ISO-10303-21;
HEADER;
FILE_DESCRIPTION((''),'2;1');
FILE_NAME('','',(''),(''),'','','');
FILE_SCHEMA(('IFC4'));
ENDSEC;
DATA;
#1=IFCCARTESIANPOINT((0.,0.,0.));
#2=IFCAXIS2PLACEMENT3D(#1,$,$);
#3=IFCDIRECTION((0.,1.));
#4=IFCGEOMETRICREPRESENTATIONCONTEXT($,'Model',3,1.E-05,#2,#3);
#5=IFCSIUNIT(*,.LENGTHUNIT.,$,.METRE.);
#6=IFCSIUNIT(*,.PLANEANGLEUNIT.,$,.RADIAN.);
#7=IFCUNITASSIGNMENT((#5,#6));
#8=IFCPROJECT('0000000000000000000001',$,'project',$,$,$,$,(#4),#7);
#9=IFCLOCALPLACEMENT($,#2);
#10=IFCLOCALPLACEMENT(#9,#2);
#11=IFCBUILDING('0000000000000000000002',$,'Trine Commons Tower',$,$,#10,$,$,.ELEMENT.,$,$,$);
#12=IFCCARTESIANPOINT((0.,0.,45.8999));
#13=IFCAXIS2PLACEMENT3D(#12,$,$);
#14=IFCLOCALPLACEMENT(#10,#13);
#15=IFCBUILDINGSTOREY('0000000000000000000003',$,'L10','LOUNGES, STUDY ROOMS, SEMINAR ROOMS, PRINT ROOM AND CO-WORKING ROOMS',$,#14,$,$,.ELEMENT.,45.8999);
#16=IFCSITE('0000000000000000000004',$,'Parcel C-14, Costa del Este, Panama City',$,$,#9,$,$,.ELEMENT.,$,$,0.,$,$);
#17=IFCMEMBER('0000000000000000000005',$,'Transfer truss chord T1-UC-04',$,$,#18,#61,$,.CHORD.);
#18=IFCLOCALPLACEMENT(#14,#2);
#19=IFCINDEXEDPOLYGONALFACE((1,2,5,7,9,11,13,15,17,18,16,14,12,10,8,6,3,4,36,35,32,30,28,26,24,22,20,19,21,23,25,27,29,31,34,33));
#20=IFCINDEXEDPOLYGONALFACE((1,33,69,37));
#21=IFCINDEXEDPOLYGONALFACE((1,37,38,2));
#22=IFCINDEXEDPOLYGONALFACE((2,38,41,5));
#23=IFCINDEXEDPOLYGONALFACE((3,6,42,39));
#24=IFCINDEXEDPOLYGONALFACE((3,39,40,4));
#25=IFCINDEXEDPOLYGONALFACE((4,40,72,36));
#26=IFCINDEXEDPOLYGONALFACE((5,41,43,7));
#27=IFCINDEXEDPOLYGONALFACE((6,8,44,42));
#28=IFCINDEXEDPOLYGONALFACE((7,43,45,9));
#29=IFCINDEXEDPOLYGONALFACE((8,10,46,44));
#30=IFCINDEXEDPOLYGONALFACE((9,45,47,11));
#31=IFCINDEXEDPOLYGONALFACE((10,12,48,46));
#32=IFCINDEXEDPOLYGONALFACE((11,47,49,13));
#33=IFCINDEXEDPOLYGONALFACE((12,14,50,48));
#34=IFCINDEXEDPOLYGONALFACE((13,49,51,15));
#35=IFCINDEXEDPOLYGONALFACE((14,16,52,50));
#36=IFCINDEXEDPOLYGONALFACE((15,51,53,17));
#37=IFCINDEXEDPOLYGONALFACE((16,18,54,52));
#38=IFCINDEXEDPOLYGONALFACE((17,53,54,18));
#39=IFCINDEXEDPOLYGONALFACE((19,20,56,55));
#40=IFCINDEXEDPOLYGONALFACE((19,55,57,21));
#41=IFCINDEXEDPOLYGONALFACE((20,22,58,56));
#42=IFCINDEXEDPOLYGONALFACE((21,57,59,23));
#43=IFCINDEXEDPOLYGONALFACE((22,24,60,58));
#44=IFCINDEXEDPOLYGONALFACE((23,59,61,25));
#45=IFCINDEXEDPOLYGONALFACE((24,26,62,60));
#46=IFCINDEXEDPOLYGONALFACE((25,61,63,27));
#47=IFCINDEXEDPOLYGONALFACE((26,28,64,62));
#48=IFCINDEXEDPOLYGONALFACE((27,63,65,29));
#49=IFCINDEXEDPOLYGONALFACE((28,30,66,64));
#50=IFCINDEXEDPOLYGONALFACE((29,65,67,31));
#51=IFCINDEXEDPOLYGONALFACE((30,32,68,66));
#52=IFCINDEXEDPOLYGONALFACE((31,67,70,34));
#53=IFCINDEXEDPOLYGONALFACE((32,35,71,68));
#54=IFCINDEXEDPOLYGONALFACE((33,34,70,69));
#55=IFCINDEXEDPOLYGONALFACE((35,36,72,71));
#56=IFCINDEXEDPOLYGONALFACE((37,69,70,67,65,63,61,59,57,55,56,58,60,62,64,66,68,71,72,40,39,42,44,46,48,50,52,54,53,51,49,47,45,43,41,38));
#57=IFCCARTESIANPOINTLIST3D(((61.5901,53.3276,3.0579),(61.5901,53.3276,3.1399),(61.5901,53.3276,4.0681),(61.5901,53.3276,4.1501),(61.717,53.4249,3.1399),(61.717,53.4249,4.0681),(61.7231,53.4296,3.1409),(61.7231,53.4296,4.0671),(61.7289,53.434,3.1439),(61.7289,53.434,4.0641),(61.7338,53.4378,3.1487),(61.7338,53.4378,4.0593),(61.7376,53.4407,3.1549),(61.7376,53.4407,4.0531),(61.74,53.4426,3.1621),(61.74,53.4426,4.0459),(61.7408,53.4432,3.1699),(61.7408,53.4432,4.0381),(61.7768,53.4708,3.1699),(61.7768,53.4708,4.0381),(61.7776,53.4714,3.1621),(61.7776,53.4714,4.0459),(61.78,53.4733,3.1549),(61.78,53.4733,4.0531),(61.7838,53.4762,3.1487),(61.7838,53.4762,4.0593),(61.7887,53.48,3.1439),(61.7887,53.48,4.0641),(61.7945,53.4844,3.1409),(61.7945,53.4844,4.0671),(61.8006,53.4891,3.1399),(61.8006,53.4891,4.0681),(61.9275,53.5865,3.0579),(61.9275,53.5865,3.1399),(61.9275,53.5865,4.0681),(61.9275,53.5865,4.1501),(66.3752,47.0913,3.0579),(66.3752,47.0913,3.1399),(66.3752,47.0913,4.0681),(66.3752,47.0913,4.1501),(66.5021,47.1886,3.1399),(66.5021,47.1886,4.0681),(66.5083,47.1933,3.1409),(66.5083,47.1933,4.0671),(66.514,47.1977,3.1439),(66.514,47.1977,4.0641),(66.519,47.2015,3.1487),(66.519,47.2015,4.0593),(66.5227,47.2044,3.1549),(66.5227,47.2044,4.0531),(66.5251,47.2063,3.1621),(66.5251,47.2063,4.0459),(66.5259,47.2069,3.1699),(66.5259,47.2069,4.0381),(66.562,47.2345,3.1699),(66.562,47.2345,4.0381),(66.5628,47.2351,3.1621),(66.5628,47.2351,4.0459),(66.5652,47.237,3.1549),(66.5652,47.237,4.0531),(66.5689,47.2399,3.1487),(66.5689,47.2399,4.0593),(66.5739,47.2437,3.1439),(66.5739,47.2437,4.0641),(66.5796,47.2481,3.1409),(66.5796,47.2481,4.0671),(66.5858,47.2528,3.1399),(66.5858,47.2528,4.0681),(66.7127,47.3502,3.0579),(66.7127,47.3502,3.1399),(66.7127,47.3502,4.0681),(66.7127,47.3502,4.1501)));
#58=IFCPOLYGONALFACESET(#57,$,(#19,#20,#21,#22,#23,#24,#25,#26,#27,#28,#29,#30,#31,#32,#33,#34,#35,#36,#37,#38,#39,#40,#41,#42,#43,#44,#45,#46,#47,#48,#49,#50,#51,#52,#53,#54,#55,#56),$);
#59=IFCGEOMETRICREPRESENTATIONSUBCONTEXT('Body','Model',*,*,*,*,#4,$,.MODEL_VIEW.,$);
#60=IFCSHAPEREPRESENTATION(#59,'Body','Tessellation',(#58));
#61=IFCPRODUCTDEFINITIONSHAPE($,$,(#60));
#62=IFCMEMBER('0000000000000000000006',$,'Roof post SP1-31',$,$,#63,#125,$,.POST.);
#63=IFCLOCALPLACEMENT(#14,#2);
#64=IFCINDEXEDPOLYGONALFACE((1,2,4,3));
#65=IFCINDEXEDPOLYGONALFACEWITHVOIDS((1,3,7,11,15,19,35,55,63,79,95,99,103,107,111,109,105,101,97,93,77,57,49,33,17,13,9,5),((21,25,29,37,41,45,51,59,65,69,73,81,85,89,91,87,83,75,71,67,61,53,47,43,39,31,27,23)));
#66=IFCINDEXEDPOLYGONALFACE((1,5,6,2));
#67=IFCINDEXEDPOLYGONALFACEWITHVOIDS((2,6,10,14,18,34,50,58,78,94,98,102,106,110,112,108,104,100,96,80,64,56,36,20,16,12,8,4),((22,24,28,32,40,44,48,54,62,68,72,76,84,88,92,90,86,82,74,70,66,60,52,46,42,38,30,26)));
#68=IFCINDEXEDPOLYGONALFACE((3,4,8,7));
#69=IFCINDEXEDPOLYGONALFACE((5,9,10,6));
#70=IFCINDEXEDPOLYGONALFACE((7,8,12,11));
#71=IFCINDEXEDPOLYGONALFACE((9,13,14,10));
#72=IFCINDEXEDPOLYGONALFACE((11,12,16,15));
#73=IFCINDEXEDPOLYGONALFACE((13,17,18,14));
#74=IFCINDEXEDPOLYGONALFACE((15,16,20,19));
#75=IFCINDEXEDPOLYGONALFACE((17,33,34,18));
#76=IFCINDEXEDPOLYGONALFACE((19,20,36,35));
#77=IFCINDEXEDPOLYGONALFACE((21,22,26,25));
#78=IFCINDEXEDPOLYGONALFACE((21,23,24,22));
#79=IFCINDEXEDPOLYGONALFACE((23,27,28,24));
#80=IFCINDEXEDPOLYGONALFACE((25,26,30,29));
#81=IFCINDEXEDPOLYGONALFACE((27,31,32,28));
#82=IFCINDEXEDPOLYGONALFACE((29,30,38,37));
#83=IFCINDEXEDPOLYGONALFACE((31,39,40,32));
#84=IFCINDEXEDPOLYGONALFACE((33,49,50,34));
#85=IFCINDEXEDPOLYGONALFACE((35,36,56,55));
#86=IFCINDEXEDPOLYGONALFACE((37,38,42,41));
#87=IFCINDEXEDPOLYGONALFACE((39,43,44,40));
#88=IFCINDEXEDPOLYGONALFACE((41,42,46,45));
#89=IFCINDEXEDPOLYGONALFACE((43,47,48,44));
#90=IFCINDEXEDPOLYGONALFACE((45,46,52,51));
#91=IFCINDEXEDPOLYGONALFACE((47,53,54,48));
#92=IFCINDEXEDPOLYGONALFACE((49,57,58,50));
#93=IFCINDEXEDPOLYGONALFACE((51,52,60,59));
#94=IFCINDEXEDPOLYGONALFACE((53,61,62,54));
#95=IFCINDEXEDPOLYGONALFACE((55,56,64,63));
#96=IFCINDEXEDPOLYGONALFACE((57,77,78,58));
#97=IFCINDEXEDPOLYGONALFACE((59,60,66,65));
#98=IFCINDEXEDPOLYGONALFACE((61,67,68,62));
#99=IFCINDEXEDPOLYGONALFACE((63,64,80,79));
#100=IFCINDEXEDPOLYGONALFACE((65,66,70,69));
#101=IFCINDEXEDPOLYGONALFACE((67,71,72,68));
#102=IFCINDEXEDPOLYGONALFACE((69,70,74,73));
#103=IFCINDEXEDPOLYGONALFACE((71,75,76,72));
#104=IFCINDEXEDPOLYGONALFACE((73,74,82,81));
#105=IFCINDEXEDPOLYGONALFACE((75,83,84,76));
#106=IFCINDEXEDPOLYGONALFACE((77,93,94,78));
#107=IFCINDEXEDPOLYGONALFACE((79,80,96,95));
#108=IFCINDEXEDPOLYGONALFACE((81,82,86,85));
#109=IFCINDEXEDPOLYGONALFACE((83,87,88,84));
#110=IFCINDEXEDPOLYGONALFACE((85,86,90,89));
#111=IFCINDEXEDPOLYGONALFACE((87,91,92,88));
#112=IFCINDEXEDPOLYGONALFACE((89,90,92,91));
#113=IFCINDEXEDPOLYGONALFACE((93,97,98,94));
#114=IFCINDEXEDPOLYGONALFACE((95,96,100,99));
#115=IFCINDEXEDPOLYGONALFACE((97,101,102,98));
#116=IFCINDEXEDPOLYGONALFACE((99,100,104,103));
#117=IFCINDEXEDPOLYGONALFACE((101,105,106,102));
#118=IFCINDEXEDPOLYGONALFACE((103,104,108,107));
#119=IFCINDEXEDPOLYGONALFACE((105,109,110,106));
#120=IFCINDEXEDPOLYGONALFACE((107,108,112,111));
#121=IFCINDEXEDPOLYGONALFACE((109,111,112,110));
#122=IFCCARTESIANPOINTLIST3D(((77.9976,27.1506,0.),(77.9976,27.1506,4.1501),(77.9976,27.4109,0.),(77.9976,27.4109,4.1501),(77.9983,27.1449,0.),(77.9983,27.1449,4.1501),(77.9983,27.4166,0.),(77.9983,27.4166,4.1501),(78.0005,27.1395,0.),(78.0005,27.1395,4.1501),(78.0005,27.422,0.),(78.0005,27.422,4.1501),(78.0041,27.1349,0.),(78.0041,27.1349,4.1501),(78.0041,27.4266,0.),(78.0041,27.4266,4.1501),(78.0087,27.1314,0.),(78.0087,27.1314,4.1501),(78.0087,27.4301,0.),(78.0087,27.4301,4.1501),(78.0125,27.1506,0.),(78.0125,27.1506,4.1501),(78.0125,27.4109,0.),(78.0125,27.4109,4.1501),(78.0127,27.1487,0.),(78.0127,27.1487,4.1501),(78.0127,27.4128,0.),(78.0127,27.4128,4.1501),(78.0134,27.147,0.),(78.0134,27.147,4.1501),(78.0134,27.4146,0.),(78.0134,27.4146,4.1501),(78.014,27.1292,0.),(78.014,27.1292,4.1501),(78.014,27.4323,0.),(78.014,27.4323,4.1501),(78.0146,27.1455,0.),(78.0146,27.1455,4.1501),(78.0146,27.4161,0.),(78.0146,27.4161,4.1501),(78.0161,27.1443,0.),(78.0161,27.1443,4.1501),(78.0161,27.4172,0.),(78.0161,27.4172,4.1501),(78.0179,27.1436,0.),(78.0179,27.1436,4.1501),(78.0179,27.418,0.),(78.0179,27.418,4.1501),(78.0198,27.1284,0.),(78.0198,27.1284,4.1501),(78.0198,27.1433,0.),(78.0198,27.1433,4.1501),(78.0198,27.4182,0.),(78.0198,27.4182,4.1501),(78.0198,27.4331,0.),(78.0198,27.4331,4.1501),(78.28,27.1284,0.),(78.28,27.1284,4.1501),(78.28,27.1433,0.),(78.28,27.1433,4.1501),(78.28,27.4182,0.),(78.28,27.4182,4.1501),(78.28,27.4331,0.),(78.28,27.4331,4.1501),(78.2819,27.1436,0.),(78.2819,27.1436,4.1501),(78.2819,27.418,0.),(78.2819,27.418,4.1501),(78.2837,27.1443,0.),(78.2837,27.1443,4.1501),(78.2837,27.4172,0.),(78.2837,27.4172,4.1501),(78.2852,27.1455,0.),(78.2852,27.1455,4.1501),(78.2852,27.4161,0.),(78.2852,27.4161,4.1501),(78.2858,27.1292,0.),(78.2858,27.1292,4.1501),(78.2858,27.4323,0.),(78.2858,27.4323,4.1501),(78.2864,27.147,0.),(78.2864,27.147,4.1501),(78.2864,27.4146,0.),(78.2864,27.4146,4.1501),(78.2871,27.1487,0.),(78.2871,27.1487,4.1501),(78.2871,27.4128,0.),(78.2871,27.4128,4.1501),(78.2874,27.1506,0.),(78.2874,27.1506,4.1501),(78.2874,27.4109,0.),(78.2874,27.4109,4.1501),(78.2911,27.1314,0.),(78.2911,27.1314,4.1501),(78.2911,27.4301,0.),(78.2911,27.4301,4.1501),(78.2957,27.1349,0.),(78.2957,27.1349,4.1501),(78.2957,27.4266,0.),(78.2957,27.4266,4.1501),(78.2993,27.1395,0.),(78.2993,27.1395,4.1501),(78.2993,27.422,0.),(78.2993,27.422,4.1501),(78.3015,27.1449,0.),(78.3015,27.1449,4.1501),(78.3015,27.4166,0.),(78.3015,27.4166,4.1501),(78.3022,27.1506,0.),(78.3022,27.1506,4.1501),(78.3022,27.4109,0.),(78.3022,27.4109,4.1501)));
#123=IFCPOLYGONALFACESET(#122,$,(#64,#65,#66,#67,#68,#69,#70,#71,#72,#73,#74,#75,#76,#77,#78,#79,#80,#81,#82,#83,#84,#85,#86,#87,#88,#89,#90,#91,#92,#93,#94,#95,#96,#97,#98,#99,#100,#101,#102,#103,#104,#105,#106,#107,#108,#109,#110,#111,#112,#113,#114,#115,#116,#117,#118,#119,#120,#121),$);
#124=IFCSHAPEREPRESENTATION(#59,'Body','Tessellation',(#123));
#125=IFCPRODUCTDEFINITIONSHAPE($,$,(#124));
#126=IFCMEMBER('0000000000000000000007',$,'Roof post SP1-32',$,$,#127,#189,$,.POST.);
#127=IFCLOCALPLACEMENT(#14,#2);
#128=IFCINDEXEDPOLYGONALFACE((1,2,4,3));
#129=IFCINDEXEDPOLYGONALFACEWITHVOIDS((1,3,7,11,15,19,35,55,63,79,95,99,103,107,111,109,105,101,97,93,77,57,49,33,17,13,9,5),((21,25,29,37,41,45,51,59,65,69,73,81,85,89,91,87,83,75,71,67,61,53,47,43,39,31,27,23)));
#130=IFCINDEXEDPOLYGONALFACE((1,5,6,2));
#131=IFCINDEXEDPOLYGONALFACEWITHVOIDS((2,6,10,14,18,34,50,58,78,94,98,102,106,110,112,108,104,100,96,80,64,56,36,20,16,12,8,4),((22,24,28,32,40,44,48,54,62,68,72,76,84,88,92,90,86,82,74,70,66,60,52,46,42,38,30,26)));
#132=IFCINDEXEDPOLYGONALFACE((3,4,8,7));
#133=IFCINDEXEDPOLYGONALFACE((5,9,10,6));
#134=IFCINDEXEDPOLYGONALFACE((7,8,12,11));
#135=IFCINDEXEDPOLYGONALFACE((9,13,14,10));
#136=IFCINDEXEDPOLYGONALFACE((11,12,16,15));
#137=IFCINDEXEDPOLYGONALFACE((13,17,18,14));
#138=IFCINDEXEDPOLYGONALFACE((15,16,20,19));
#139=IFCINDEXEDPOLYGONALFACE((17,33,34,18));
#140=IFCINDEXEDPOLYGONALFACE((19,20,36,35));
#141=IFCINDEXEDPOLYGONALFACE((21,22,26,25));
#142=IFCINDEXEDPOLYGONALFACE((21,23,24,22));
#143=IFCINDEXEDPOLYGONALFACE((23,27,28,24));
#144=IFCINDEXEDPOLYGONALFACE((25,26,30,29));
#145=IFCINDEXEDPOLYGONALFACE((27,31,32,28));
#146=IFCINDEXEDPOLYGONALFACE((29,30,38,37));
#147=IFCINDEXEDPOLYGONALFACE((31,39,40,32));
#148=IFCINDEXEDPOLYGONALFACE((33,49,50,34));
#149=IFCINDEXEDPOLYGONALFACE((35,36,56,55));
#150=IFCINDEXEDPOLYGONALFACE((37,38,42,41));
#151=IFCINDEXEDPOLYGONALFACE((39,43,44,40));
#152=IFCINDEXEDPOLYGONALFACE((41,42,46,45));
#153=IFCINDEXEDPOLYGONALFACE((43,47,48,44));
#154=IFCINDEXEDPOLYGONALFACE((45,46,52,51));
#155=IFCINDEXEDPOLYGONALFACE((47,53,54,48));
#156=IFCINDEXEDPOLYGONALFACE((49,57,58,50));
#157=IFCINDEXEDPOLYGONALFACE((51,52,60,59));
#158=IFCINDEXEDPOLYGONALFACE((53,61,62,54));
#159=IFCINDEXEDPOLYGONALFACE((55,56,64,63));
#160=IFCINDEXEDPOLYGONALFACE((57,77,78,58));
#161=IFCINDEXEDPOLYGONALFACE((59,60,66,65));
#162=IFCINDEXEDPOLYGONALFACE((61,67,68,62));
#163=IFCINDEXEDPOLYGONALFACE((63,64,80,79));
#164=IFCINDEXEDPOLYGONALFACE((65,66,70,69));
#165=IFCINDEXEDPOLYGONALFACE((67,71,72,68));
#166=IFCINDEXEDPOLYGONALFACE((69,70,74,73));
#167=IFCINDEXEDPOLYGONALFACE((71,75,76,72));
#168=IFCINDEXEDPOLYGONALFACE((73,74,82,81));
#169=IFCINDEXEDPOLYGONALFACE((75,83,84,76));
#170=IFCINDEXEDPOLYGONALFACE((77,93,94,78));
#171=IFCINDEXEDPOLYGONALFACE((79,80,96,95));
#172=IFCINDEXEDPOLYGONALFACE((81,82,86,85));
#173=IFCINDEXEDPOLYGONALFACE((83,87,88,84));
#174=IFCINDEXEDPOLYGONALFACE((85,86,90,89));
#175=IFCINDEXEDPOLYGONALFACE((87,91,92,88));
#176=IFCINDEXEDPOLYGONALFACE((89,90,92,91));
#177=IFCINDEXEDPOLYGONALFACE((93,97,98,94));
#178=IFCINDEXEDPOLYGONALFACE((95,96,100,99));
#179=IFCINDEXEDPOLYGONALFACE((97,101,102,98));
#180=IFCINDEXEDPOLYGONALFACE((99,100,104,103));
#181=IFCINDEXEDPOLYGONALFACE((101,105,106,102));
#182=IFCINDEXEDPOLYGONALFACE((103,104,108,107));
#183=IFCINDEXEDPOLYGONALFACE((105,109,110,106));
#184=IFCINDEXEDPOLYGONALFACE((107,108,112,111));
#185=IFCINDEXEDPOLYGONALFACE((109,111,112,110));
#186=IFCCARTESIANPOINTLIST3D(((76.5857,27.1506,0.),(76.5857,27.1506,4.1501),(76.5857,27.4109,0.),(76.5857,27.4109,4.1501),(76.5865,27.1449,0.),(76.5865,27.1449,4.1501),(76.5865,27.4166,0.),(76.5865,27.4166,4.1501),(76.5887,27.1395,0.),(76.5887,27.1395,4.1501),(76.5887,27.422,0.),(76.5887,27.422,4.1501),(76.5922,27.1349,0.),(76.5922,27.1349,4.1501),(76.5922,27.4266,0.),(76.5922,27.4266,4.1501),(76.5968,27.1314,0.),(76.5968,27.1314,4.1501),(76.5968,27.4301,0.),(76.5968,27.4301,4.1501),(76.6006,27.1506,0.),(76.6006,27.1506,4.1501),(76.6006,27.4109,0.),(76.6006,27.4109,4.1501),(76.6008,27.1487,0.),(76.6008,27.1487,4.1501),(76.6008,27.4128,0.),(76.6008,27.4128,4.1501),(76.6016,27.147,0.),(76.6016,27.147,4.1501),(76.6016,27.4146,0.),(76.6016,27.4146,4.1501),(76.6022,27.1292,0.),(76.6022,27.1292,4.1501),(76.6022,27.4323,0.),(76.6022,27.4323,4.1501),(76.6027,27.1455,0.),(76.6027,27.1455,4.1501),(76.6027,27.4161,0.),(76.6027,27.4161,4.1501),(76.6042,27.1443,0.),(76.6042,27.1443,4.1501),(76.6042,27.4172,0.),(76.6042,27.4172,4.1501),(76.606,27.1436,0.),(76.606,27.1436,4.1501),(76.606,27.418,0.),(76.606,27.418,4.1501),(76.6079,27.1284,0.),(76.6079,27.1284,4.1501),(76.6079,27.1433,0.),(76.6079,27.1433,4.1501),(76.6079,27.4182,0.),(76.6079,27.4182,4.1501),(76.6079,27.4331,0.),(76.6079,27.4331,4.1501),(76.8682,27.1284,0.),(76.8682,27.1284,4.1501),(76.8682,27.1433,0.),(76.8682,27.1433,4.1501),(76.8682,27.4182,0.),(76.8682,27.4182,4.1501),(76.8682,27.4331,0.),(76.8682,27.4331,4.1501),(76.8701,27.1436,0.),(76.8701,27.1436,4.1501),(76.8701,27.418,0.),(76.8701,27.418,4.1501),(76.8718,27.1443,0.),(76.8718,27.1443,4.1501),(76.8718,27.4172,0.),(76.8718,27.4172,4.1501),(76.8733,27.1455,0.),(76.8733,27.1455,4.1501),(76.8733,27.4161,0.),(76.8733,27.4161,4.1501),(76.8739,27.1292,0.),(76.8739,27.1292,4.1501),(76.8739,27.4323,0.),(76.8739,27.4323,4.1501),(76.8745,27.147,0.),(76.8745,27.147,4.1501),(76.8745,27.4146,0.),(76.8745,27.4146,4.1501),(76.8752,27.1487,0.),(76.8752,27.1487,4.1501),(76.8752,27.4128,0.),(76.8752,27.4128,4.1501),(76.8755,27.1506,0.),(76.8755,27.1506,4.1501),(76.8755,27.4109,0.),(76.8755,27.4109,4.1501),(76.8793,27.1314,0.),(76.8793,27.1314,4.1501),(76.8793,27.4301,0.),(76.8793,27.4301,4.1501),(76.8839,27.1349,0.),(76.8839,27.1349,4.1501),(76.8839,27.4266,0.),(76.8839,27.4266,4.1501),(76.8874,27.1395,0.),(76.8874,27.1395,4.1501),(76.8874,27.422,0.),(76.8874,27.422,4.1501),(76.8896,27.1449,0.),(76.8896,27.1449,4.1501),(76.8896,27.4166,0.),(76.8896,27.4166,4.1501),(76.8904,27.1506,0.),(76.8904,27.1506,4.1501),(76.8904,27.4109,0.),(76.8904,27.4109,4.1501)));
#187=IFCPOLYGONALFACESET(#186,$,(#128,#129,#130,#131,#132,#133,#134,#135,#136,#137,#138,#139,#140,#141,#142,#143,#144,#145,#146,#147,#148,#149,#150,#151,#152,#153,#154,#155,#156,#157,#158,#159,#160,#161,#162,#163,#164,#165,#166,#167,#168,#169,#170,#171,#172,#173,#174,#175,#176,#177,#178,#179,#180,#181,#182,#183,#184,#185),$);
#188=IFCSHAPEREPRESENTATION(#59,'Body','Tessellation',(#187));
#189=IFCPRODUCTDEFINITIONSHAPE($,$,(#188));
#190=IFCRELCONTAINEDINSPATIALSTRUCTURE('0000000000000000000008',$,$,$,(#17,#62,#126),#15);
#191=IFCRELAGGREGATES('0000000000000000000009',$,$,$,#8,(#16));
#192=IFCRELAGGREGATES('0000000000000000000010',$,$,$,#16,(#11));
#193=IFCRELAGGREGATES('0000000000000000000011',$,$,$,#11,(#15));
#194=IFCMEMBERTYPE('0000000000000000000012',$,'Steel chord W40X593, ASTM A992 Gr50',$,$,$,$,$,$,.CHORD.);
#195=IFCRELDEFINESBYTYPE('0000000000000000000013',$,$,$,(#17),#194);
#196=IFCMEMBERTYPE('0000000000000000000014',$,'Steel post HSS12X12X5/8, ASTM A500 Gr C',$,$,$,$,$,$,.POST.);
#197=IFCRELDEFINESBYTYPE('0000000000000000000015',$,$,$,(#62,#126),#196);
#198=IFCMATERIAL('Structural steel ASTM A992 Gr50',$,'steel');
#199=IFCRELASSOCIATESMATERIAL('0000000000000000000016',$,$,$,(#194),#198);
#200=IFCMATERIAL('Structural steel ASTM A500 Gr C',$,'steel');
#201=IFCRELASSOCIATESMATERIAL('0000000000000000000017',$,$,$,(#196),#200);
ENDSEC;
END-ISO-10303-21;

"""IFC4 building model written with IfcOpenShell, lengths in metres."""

from ifc_helpers import new_model, si_unit, direction, frame, origin, origin_2d, place, context, subcontext, project, spatial, hollow_rectangle, i_section, extrude, material, material_profile, profile_set, type_object, element, save


model = new_model("IFC4")

# Units and contexts
model_context = context("Model", 3, precision=1e-05, world=origin(), true_north=direction((0.0, 1.0)))
body_context = subcontext(model_context, "Body", "Model", "MODEL_VIEW")
ifc_project = project(units=[si_unit("LENGTHUNIT", "METRE"), si_unit("PLANEANGLEUNIT", "RADIAN")], contexts=[model_context])

# Site, building, storey
site_placement = place(None, origin())
site = spatial("IfcSite", under=ifc_project, at=site_placement, Name="Parcel C-14, Costa del Este, Panama City", CompositionType="ELEMENT", RefElevation=0.0)
building_placement = place(site_placement, origin())
building = spatial("IfcBuilding", under=site, at=building_placement, Name="Trine Commons Tower", CompositionType="ELEMENT")
storey_placement = place(building_placement, frame((0.0, 0.0, 45.8999)))
storey = spatial("IfcBuildingStorey", under=building, at=storey_placement, Name="L10", Description="LOUNGES, STUDY ROOMS, SEMINAR ROOMS, PRINT ROOM AND CO-WORKING ROOMS", CompositionType="ELEMENT", Elevation=45.8999)

# Members
ifc_material_1 = material(Name="Structural steel ASTM A992 Gr50", Category="steel")
ifc_material_profile_1 = material_profile(ifc_material_1, i_section(OverallWidth=0.4253, OverallDepth=1.0923, WebThickness=0.0454, FlangeThickness=0.082, FilletRadius=0.03, at=origin_2d()), Name="W40X593")
ifc_profile_set_1 = profile_set([ifc_material_profile_1], Name="Structural steel ASTM A992 Gr50")
member_type_1 = type_object("IfcMemberType", Name="Steel chord W40X593, ASTM A992 Gr50", PredefinedType="CHORD", material=ifc_profile_set_1)
member_1_placement = place(storey_placement, frame((66.5439, 47.2207, 3.604), z_axis=(-0.60875, 0.793362, 0.0), x_axis=(-0.793362, -0.60875, 0.0)))
element("IfcMember", 1, at=member_1_placement, inside=storey, type_object=member_type_1, Name="Transfer truss chord T1-UC-04", PredefinedType="CHORD", context=body_context, shape_type="SweptSolid", body=[
    extrude(i_section(OverallWidth=0.4253, OverallDepth=1.0923, WebThickness=0.0454, FlangeThickness=0.082, FilletRadius=0.03, at=origin_2d()), origin(), (0.0, 0.0, 1.0), 7.8606),
])
ifc_material_2 = material(Name="Structural steel ASTM A500 Gr C", Category="steel")
ifc_material_profile_2 = material_profile(ifc_material_2, hollow_rectangle(XDim=0.3047, YDim=0.3047, WallThickness=0.0149, InnerFilletRadius=0.0073, OuterFilletRadius=0.0222, at=origin_2d()), Name="HSS12X12X5/8")
ifc_profile_set_2 = profile_set([ifc_material_profile_2], Name="Structural steel ASTM A500 Gr C")
member_type_2 = type_object("IfcMemberType", Name="Steel post HSS12X12X5/8, ASTM A500 Gr C", PredefinedType="POST", material=ifc_profile_set_2)
for number, where, z_axis, x_axis, name in (
    (2, (78.1499, 27.2808, 0.0), (0.0, 0.0, 1.0), (1.0, 0.0, 0.0), "Roof post SP1-31"),
    (3, (76.738, 27.2808, 0.0), (0.0, 0.0, 1.0), (1.0, 0.0, 0.0), "Roof post SP1-32"),
):
    element("IfcMember", number, at=place(storey_placement, frame(where, z_axis=z_axis, x_axis=x_axis)), inside=storey, type_object=member_type_2, Name=name, PredefinedType="POST", context=body_context, shape_type="SweptSolid", body=[
        extrude(hollow_rectangle(XDim=0.3047, YDim=0.3047, WallThickness=0.0149, InnerFilletRadius=0.0073, OuterFilletRadius=0.0222, at=origin_2d()), origin(), (0.0, 0.0, 1.0), 4.1501),
    ])

save(model, "model.ifc")
